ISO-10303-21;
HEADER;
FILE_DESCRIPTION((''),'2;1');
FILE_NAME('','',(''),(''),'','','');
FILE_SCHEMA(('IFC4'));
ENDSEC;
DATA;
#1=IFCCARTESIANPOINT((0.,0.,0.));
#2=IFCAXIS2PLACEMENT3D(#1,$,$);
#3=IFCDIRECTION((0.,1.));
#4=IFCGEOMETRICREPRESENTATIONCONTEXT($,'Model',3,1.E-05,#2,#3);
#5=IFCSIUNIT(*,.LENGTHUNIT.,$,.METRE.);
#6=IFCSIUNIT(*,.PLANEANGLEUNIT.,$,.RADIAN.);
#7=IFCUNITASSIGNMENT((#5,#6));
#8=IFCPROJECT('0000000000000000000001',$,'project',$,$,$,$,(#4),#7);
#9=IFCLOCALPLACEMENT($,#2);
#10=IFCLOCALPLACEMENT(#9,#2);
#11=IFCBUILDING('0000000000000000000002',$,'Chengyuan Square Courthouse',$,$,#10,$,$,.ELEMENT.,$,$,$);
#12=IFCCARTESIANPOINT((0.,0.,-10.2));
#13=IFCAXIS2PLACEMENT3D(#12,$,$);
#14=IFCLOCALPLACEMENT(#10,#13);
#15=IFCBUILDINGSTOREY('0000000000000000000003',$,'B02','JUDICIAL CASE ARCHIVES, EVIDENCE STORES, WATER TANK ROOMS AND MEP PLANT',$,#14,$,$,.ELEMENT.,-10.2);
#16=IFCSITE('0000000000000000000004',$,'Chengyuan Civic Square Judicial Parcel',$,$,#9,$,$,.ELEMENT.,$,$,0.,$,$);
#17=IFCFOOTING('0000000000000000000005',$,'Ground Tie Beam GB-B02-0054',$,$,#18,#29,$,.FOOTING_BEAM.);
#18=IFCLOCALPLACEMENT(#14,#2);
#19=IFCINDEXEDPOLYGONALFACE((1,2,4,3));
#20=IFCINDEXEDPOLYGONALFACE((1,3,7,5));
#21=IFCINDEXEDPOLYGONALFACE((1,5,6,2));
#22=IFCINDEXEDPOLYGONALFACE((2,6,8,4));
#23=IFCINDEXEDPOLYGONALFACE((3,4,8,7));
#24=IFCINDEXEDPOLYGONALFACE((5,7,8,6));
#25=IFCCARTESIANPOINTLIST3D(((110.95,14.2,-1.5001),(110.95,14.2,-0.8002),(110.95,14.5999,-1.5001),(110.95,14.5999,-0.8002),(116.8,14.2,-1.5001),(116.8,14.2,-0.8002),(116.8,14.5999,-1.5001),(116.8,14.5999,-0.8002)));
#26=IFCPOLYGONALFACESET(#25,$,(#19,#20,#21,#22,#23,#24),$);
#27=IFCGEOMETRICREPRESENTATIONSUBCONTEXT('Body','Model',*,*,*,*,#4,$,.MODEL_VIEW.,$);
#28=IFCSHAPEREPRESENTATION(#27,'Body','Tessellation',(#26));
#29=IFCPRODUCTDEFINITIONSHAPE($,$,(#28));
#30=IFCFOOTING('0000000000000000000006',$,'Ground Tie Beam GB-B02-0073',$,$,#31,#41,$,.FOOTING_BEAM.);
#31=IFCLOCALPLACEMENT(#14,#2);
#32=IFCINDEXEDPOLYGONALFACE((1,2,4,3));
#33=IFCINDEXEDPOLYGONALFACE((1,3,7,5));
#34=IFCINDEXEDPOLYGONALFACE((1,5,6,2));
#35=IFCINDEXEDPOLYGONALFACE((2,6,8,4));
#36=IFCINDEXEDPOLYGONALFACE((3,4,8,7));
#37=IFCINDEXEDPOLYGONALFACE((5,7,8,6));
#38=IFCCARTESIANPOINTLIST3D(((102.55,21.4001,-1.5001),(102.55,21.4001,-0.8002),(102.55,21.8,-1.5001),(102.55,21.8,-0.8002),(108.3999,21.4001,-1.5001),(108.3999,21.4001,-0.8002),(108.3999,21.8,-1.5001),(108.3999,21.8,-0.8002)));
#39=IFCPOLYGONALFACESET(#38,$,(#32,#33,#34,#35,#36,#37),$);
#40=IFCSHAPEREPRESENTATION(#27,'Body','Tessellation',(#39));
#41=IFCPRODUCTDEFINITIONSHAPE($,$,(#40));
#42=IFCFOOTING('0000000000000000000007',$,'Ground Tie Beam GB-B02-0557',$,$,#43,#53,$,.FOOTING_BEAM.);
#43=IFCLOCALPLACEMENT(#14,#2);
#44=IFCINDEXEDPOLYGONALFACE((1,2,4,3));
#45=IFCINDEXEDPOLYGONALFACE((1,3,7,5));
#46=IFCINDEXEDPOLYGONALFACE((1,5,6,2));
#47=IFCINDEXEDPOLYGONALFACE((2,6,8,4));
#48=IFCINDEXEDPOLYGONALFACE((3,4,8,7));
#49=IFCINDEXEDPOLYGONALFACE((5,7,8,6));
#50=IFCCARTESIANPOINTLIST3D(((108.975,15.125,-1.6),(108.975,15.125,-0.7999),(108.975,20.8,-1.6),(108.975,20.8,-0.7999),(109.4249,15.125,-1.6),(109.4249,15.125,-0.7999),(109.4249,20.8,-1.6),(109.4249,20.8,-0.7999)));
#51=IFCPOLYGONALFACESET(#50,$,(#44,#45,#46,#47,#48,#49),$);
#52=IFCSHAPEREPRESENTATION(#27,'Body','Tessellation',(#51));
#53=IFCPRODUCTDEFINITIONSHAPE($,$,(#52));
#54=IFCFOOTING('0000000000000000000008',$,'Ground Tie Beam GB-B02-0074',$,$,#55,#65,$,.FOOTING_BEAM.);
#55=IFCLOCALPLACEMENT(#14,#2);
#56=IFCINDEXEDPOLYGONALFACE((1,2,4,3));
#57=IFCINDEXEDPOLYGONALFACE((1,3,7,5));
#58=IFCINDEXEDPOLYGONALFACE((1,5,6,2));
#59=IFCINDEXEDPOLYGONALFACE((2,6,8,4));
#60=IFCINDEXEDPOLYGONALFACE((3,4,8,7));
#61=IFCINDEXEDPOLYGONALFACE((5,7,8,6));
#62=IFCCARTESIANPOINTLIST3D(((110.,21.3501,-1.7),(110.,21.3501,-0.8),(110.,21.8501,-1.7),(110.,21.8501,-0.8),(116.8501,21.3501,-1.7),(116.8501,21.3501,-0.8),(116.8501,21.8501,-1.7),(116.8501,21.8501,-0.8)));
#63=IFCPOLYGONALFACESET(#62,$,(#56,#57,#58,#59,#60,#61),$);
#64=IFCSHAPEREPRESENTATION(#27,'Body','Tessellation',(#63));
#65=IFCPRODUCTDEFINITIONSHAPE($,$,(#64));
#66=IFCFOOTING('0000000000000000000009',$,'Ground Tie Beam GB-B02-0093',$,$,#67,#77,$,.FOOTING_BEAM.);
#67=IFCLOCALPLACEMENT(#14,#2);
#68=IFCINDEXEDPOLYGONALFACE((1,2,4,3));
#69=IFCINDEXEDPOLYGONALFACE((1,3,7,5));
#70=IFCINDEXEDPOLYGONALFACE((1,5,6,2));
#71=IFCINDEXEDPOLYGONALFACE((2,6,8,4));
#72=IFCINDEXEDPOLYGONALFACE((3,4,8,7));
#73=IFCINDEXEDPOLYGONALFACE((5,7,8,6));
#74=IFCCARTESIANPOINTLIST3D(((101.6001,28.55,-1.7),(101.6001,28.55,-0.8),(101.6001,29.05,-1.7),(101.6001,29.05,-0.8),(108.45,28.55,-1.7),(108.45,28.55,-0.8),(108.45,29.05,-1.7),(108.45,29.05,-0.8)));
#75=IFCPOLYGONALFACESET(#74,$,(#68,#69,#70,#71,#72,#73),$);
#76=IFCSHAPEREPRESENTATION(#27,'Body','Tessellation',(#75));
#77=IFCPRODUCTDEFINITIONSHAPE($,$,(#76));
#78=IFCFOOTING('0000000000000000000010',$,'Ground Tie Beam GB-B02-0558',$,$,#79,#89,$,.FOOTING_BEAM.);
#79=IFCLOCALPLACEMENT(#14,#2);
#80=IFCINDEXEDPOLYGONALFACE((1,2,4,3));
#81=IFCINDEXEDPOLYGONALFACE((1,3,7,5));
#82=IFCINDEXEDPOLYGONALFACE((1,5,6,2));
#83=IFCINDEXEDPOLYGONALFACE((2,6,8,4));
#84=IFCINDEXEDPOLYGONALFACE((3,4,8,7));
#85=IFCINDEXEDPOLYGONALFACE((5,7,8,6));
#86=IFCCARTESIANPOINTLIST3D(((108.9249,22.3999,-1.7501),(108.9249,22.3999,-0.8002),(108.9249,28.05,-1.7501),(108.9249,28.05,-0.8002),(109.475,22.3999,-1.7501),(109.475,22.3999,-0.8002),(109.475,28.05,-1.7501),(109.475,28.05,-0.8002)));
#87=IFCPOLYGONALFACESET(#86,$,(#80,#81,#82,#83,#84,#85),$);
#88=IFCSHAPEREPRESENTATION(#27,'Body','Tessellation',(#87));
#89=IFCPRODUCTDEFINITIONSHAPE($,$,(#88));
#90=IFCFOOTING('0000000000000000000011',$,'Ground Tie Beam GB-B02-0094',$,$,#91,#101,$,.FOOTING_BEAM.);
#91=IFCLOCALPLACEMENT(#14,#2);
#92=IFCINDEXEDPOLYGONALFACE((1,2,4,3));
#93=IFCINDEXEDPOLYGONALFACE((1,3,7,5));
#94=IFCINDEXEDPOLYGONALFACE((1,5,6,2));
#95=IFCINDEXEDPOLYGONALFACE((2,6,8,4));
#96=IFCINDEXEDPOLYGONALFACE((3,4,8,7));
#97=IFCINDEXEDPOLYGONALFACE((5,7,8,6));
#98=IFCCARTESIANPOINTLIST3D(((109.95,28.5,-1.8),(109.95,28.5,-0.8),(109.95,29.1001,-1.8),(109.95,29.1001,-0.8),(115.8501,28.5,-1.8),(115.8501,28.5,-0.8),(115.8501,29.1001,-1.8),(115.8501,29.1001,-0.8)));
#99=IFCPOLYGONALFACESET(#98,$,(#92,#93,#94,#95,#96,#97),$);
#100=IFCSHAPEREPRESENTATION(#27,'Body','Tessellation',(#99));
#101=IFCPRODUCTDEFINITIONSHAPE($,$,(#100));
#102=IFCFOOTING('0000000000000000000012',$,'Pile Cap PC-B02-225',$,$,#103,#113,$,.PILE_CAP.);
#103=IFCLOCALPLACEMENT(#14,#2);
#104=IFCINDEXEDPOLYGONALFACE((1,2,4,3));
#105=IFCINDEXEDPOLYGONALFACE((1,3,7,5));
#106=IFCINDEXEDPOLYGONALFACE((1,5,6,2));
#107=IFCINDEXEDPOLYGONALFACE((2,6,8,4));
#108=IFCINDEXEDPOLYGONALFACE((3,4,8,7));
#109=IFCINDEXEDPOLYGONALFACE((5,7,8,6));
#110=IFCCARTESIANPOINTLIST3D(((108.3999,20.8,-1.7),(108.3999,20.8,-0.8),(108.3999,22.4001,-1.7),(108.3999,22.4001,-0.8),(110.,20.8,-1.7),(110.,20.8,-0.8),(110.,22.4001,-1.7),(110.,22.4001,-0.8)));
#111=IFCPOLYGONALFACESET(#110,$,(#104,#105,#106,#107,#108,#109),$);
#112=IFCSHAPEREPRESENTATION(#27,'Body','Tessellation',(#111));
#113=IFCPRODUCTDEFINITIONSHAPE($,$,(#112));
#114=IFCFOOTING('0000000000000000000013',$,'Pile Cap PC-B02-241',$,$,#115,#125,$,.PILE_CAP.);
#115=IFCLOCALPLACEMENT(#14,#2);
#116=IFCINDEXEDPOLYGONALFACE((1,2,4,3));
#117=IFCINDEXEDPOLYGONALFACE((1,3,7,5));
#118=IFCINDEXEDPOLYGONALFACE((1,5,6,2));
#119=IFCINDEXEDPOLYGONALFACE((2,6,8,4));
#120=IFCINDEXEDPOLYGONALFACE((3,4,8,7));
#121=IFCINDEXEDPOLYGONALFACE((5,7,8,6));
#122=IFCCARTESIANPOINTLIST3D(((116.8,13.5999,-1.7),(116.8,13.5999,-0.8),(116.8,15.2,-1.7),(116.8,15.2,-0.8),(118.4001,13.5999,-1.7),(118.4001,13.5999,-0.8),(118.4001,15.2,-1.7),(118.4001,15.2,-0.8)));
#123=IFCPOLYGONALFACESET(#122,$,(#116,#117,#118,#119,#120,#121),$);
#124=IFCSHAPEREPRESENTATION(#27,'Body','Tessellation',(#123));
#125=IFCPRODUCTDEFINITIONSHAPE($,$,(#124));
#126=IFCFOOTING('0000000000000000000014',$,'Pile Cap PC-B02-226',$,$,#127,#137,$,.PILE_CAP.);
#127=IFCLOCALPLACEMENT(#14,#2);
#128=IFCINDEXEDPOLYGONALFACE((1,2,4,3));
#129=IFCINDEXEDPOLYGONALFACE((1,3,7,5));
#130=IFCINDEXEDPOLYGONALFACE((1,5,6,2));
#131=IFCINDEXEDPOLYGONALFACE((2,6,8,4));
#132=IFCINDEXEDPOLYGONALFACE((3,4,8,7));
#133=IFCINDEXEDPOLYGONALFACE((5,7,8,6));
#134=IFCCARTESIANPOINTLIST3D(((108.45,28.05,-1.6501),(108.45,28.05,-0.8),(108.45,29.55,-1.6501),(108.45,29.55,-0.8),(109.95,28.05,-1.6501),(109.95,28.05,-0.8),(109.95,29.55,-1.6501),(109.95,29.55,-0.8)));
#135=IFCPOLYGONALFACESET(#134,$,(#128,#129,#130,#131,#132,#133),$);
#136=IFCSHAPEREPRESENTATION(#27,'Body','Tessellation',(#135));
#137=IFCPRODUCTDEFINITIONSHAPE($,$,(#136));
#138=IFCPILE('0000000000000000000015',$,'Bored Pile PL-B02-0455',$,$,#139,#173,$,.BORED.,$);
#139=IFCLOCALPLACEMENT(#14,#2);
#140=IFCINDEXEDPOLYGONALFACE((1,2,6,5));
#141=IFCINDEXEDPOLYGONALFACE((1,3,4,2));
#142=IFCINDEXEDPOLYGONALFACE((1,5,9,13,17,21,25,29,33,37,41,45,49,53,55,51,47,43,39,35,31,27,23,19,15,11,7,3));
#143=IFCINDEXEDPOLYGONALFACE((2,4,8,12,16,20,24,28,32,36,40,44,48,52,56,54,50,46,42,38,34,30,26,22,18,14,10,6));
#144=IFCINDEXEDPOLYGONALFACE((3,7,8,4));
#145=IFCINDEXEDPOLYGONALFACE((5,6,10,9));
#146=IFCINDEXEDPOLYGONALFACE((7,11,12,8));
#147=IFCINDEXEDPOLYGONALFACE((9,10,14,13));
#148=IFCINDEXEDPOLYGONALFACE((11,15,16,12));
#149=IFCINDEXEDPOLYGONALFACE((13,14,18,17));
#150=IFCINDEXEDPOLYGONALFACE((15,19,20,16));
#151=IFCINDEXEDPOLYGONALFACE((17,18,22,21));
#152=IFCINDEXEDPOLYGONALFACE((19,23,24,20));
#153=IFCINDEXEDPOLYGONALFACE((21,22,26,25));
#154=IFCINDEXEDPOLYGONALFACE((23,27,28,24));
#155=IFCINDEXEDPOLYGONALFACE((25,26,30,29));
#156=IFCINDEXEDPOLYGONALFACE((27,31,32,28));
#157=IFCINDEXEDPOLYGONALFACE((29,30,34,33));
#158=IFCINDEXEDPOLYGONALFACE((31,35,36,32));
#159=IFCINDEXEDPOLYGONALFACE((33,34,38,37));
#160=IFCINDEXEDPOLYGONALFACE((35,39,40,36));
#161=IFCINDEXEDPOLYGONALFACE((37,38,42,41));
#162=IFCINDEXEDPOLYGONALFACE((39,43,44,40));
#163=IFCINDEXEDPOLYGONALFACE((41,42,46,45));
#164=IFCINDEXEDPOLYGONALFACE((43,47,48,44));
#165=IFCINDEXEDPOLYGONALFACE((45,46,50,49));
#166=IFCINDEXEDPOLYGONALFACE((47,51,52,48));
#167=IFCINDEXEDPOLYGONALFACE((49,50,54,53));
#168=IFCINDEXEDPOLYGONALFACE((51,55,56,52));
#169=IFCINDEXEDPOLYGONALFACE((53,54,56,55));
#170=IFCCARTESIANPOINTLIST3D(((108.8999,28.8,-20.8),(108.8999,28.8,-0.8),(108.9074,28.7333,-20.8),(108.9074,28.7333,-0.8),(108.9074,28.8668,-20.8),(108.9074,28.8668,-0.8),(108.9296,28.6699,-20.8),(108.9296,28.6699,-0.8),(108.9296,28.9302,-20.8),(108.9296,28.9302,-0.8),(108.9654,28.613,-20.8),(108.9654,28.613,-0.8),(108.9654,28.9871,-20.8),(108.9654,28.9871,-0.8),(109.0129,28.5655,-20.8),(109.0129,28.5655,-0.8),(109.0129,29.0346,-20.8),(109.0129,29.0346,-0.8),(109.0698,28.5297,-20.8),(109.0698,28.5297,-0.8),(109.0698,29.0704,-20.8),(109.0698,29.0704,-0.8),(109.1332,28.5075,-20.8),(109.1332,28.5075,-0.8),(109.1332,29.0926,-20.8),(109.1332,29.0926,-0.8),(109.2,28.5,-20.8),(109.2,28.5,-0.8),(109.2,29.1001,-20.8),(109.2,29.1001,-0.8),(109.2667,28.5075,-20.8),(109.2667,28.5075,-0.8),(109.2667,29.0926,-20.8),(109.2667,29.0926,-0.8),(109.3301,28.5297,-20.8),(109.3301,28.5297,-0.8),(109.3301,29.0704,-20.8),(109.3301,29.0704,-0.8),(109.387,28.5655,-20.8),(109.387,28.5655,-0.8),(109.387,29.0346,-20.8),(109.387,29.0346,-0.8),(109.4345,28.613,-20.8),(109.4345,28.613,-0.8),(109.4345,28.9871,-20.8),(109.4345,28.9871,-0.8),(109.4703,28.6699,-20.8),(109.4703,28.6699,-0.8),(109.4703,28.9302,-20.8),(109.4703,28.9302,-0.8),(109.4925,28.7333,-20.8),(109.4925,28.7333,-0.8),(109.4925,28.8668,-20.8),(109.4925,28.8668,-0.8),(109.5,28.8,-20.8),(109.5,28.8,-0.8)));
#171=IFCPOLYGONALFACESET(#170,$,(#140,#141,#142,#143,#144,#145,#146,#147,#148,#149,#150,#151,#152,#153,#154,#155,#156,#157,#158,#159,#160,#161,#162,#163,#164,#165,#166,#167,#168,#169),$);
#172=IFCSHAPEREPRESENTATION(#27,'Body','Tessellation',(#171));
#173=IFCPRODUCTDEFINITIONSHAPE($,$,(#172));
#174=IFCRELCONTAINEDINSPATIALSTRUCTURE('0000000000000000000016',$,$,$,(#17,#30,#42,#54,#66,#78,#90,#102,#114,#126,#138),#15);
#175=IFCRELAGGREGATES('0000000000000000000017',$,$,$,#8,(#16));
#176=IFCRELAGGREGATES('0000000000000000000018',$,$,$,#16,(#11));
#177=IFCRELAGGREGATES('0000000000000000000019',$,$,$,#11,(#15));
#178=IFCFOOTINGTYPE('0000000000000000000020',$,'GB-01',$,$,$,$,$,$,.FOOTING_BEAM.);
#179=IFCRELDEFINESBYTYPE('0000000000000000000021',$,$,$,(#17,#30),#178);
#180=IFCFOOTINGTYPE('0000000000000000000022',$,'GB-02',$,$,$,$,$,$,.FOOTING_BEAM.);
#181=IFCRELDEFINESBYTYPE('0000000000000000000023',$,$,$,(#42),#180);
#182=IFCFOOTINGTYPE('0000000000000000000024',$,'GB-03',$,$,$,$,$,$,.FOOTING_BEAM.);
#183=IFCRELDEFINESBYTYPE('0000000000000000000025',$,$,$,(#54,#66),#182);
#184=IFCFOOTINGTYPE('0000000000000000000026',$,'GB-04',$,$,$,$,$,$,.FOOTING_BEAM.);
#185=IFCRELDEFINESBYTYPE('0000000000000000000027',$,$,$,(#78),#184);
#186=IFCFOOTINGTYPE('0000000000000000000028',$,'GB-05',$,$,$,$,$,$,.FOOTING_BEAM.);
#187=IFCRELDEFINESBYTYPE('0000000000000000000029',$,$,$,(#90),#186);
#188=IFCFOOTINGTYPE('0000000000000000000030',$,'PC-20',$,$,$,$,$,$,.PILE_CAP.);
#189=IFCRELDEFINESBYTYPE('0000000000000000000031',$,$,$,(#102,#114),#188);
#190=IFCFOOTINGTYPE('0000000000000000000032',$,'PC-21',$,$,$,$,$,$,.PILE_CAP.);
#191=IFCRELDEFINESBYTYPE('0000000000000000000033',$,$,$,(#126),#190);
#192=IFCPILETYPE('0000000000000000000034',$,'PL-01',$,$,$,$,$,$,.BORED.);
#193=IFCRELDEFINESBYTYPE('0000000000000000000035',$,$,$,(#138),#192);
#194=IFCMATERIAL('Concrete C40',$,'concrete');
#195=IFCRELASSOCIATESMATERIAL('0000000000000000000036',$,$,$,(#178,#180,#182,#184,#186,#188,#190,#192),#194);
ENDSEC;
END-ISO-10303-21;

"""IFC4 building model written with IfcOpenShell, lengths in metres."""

from ifc_helpers import new_model, si_unit, direction, frame, origin, origin_2d, place, context, subcontext, project, spatial, rectangle, circle, extrude, material, material_profile, profile_set, type_object, element, save


model = new_model("IFC4")

# Units and contexts
model_context = context("Model", 3, precision=1e-05, world=origin(), true_north=direction((0.0, 1.0)))
body_context = subcontext(model_context, "Body", "Model", "MODEL_VIEW")
ifc_project = project(units=[si_unit("LENGTHUNIT", "METRE"), si_unit("PLANEANGLEUNIT", "RADIAN")], contexts=[model_context])

# Site, building, storey
site_placement = place(None, origin())
site = spatial("IfcSite", under=ifc_project, at=site_placement, Name="Chengyuan Civic Square Judicial Parcel", CompositionType="ELEMENT", RefElevation=0.0)
building_placement = place(site_placement, origin())
building = spatial("IfcBuilding", under=site, at=building_placement, Name="Chengyuan Square Courthouse", CompositionType="ELEMENT")
storey_placement = place(building_placement, frame((0.0, 0.0, -10.2)))
storey = spatial("IfcBuildingStorey", under=building, at=storey_placement, Name="B02", Description="JUDICIAL CASE ARCHIVES, EVIDENCE STORES, WATER TANK ROOMS AND MEP PLANT", CompositionType="ELEMENT", Elevation=-10.2)

# Footings
ifc_material_1 = material(Name="Concrete C40", Category="concrete")
ifc_material_profile_1 = material_profile(ifc_material_1, rectangle(XDim=0.3999, YDim=0.7, at=origin_2d()), Name="GB-400x700")
ifc_profile_set_1 = profile_set([ifc_material_profile_1], Name="Concrete C40")
footing_type_1 = type_object("IfcFootingType", Name="GB-01", PredefinedType="FOOTING_BEAM", material=ifc_profile_set_1)
footing_1_placement = place(storey_placement, frame((110.95, 14.3999, -1.1501), z_axis=(1.0, 0.0, 0.0), x_axis=(0.0, 1.0, 0.0)))
element("IfcFooting", 1, at=footing_1_placement, inside=storey, type_object=footing_type_1, Name="Ground Tie Beam GB-B02-0054", PredefinedType="FOOTING_BEAM", context=body_context, shape_type="SweptSolid", body=[
    extrude(rectangle(XDim=0.3999, YDim=0.7, at=origin_2d()), origin(), (0.0, 0.0, 1.0), 5.8501),
])
footing_2_placement = place(storey_placement, frame((102.55, 21.6001, -1.1501), z_axis=(1.0, 0.0, 0.0), x_axis=(0.0, 1.0, 0.0)))
element("IfcFooting", 2, at=footing_2_placement, inside=storey, type_object=footing_type_1, Name="Ground Tie Beam GB-B02-0073", PredefinedType="FOOTING_BEAM", context=body_context, shape_type="SweptSolid", body=[
    extrude(rectangle(XDim=0.3999, YDim=0.7, at=origin_2d()), origin(), (0.0, 0.0, 1.0), 5.8499),
])
ifc_material_profile_2 = material_profile(ifc_material_1, rectangle(XDim=0.45, YDim=0.8, at=origin_2d()), Name="GB-450x800")
ifc_profile_set_2 = profile_set([ifc_material_profile_2], Name="Concrete C40")
footing_type_2 = type_object("IfcFootingType", Name="GB-02", PredefinedType="FOOTING_BEAM", material=ifc_profile_set_2)
footing_3_placement = place(storey_placement, frame((109.2, 15.125, -1.2), z_axis=(0.0, 1.0, 0.0), x_axis=(-1.0, 0.0, 0.0)))
element("IfcFooting", 3, at=footing_3_placement, inside=storey, type_object=footing_type_2, Name="Ground Tie Beam GB-B02-0557", PredefinedType="FOOTING_BEAM", context=body_context, shape_type="SweptSolid", body=[
    extrude(rectangle(XDim=0.45, YDim=0.8, at=origin_2d()), origin(), (0.0, 0.0, 1.0), 5.675),
])
ifc_material_profile_3 = material_profile(ifc_material_1, rectangle(XDim=0.5, YDim=0.8999, at=origin_2d()), Name="GB-500x900")
ifc_profile_set_3 = profile_set([ifc_material_profile_3], Name="Concrete C40")
footing_type_3 = type_object("IfcFootingType", Name="GB-03", PredefinedType="FOOTING_BEAM", material=ifc_profile_set_3)
footing_4_placement = place(storey_placement, frame((110.0, 21.6001, -1.25), z_axis=(1.0, 0.0, 0.0), x_axis=(0.0, 1.0, 0.0)))
element("IfcFooting", 4, at=footing_4_placement, inside=storey, type_object=footing_type_3, Name="Ground Tie Beam GB-B02-0074", PredefinedType="FOOTING_BEAM", context=body_context, shape_type="SweptSolid", body=[
    extrude(rectangle(XDim=0.5, YDim=0.8999, at=origin_2d()), origin(), (0.0, 0.0, 1.0), 6.8501),
])
footing_5_placement = place(storey_placement, frame((101.6001, 28.8, -1.25), z_axis=(1.0, 0.0, 0.0), x_axis=(0.0, 1.0, 0.0)))
element("IfcFooting", 5, at=footing_5_placement, inside=storey, type_object=footing_type_3, Name="Ground Tie Beam GB-B02-0093", PredefinedType="FOOTING_BEAM", context=body_context, shape_type="SweptSolid", body=[
    extrude(rectangle(XDim=0.5, YDim=0.8999, at=origin_2d()), origin(), (0.0, 0.0, 1.0), 6.8499),
])
ifc_material_profile_4 = material_profile(ifc_material_1, rectangle(XDim=0.55, YDim=0.95, at=origin_2d()), Name="GB-550x950")
ifc_profile_set_4 = profile_set([ifc_material_profile_4], Name="Concrete C40")
footing_type_4 = type_object("IfcFootingType", Name="GB-04", PredefinedType="FOOTING_BEAM", material=ifc_profile_set_4)
footing_6_placement = place(storey_placement, frame((109.2, 22.3999, -1.2751), z_axis=(0.0, 1.0, 0.0), x_axis=(-1.0, 0.0, 0.0)))
element("IfcFooting", 6, at=footing_6_placement, inside=storey, type_object=footing_type_4, Name="Ground Tie Beam GB-B02-0558", PredefinedType="FOOTING_BEAM", context=body_context, shape_type="SweptSolid", body=[
    extrude(rectangle(XDim=0.55, YDim=0.95, at=origin_2d()), origin(), (0.0, 0.0, 1.0), 5.6501),
])
ifc_material_profile_5 = material_profile(ifc_material_1, rectangle(XDim=0.6001, YDim=1.0, at=origin_2d()), Name="GB-600x1000")
ifc_profile_set_5 = profile_set([ifc_material_profile_5], Name="Concrete C40")
footing_type_5 = type_object("IfcFootingType", Name="GB-05", PredefinedType="FOOTING_BEAM", material=ifc_profile_set_5)
footing_7_placement = place(storey_placement, frame((109.95, 28.8, -1.3), z_axis=(1.0, 0.0, 0.0), x_axis=(0.0, 1.0, 0.0)))
element("IfcFooting", 7, at=footing_7_placement, inside=storey, type_object=footing_type_5, Name="Ground Tie Beam GB-B02-0094", PredefinedType="FOOTING_BEAM", context=body_context, shape_type="SweptSolid", body=[
    extrude(rectangle(XDim=0.6001, YDim=1.0, at=origin_2d()), origin(), (0.0, 0.0, 1.0), 5.9001),
])
footing_type_6 = type_object("IfcFootingType", Name="PC-20", PredefinedType="PILE_CAP", material=ifc_material_1)
for number, where, z_axis, x_axis, name in (
    (8, (109.2, 21.6001, -1.7), (0.0, 0.0, 1.0), (1.0, 0.0, 0.0), "Pile Cap PC-B02-225"),
    (9, (117.6001, 14.3999, -1.7), (0.0, 0.0, 1.0), (1.0, 0.0, 0.0), "Pile Cap PC-B02-241"),
):
    element("IfcFooting", number, at=place(storey_placement, frame(where, z_axis=z_axis, x_axis=x_axis)), inside=storey, type_object=footing_type_6, Name=name, PredefinedType="PILE_CAP", context=body_context, shape_type="SweptSolid", body=[
        extrude(rectangle(XDim=1.6001, YDim=1.6001, at=origin_2d()), origin(), (0.0, 0.0, 1.0), 0.8999),
    ])
footing_type_7 = type_object("IfcFootingType", Name="PC-21", PredefinedType="PILE_CAP", material=ifc_material_1)
footing_8_placement = place(storey_placement, frame((109.2, 28.8, -1.6501), z_axis=(0.0, 0.0, 1.0), x_axis=(1.0, 0.0, 0.0)))
element("IfcFooting", 10, at=footing_8_placement, inside=storey, type_object=footing_type_7, Name="Pile Cap PC-B02-226", PredefinedType="PILE_CAP", context=body_context, shape_type="SweptSolid", body=[
    extrude(rectangle(XDim=1.5, YDim=1.5, at=origin_2d()), origin(), (0.0, 0.0, 1.0), 0.8501),
])

# Pile
ifc_material_profile_6 = material_profile(ifc_material_1, circle(Radius=0.3, at=origin_2d()), Name="BORED PILE D600")
ifc_profile_set_6 = profile_set([ifc_material_profile_6], Name="Concrete C40")
pile_type_1 = type_object("IfcPileType", Name="PL-01", PredefinedType="BORED", material=ifc_profile_set_6)
pile_placement = place(storey_placement, frame((109.2, 28.8, -0.8), z_axis=(0.0, 0.0, -1.0), x_axis=(1.0, 0.0, 0.0)))
element("IfcPile", 11, at=pile_placement, inside=storey, type_object=pile_type_1, Name="Bored Pile PL-B02-0455", PredefinedType="BORED", context=body_context, shape_type="SweptSolid", body=[
    extrude(circle(Radius=0.3, at=origin_2d()), origin(), (0.0, 0.0, 1.0), 20.0),
])

save(model, "model.ifc")
